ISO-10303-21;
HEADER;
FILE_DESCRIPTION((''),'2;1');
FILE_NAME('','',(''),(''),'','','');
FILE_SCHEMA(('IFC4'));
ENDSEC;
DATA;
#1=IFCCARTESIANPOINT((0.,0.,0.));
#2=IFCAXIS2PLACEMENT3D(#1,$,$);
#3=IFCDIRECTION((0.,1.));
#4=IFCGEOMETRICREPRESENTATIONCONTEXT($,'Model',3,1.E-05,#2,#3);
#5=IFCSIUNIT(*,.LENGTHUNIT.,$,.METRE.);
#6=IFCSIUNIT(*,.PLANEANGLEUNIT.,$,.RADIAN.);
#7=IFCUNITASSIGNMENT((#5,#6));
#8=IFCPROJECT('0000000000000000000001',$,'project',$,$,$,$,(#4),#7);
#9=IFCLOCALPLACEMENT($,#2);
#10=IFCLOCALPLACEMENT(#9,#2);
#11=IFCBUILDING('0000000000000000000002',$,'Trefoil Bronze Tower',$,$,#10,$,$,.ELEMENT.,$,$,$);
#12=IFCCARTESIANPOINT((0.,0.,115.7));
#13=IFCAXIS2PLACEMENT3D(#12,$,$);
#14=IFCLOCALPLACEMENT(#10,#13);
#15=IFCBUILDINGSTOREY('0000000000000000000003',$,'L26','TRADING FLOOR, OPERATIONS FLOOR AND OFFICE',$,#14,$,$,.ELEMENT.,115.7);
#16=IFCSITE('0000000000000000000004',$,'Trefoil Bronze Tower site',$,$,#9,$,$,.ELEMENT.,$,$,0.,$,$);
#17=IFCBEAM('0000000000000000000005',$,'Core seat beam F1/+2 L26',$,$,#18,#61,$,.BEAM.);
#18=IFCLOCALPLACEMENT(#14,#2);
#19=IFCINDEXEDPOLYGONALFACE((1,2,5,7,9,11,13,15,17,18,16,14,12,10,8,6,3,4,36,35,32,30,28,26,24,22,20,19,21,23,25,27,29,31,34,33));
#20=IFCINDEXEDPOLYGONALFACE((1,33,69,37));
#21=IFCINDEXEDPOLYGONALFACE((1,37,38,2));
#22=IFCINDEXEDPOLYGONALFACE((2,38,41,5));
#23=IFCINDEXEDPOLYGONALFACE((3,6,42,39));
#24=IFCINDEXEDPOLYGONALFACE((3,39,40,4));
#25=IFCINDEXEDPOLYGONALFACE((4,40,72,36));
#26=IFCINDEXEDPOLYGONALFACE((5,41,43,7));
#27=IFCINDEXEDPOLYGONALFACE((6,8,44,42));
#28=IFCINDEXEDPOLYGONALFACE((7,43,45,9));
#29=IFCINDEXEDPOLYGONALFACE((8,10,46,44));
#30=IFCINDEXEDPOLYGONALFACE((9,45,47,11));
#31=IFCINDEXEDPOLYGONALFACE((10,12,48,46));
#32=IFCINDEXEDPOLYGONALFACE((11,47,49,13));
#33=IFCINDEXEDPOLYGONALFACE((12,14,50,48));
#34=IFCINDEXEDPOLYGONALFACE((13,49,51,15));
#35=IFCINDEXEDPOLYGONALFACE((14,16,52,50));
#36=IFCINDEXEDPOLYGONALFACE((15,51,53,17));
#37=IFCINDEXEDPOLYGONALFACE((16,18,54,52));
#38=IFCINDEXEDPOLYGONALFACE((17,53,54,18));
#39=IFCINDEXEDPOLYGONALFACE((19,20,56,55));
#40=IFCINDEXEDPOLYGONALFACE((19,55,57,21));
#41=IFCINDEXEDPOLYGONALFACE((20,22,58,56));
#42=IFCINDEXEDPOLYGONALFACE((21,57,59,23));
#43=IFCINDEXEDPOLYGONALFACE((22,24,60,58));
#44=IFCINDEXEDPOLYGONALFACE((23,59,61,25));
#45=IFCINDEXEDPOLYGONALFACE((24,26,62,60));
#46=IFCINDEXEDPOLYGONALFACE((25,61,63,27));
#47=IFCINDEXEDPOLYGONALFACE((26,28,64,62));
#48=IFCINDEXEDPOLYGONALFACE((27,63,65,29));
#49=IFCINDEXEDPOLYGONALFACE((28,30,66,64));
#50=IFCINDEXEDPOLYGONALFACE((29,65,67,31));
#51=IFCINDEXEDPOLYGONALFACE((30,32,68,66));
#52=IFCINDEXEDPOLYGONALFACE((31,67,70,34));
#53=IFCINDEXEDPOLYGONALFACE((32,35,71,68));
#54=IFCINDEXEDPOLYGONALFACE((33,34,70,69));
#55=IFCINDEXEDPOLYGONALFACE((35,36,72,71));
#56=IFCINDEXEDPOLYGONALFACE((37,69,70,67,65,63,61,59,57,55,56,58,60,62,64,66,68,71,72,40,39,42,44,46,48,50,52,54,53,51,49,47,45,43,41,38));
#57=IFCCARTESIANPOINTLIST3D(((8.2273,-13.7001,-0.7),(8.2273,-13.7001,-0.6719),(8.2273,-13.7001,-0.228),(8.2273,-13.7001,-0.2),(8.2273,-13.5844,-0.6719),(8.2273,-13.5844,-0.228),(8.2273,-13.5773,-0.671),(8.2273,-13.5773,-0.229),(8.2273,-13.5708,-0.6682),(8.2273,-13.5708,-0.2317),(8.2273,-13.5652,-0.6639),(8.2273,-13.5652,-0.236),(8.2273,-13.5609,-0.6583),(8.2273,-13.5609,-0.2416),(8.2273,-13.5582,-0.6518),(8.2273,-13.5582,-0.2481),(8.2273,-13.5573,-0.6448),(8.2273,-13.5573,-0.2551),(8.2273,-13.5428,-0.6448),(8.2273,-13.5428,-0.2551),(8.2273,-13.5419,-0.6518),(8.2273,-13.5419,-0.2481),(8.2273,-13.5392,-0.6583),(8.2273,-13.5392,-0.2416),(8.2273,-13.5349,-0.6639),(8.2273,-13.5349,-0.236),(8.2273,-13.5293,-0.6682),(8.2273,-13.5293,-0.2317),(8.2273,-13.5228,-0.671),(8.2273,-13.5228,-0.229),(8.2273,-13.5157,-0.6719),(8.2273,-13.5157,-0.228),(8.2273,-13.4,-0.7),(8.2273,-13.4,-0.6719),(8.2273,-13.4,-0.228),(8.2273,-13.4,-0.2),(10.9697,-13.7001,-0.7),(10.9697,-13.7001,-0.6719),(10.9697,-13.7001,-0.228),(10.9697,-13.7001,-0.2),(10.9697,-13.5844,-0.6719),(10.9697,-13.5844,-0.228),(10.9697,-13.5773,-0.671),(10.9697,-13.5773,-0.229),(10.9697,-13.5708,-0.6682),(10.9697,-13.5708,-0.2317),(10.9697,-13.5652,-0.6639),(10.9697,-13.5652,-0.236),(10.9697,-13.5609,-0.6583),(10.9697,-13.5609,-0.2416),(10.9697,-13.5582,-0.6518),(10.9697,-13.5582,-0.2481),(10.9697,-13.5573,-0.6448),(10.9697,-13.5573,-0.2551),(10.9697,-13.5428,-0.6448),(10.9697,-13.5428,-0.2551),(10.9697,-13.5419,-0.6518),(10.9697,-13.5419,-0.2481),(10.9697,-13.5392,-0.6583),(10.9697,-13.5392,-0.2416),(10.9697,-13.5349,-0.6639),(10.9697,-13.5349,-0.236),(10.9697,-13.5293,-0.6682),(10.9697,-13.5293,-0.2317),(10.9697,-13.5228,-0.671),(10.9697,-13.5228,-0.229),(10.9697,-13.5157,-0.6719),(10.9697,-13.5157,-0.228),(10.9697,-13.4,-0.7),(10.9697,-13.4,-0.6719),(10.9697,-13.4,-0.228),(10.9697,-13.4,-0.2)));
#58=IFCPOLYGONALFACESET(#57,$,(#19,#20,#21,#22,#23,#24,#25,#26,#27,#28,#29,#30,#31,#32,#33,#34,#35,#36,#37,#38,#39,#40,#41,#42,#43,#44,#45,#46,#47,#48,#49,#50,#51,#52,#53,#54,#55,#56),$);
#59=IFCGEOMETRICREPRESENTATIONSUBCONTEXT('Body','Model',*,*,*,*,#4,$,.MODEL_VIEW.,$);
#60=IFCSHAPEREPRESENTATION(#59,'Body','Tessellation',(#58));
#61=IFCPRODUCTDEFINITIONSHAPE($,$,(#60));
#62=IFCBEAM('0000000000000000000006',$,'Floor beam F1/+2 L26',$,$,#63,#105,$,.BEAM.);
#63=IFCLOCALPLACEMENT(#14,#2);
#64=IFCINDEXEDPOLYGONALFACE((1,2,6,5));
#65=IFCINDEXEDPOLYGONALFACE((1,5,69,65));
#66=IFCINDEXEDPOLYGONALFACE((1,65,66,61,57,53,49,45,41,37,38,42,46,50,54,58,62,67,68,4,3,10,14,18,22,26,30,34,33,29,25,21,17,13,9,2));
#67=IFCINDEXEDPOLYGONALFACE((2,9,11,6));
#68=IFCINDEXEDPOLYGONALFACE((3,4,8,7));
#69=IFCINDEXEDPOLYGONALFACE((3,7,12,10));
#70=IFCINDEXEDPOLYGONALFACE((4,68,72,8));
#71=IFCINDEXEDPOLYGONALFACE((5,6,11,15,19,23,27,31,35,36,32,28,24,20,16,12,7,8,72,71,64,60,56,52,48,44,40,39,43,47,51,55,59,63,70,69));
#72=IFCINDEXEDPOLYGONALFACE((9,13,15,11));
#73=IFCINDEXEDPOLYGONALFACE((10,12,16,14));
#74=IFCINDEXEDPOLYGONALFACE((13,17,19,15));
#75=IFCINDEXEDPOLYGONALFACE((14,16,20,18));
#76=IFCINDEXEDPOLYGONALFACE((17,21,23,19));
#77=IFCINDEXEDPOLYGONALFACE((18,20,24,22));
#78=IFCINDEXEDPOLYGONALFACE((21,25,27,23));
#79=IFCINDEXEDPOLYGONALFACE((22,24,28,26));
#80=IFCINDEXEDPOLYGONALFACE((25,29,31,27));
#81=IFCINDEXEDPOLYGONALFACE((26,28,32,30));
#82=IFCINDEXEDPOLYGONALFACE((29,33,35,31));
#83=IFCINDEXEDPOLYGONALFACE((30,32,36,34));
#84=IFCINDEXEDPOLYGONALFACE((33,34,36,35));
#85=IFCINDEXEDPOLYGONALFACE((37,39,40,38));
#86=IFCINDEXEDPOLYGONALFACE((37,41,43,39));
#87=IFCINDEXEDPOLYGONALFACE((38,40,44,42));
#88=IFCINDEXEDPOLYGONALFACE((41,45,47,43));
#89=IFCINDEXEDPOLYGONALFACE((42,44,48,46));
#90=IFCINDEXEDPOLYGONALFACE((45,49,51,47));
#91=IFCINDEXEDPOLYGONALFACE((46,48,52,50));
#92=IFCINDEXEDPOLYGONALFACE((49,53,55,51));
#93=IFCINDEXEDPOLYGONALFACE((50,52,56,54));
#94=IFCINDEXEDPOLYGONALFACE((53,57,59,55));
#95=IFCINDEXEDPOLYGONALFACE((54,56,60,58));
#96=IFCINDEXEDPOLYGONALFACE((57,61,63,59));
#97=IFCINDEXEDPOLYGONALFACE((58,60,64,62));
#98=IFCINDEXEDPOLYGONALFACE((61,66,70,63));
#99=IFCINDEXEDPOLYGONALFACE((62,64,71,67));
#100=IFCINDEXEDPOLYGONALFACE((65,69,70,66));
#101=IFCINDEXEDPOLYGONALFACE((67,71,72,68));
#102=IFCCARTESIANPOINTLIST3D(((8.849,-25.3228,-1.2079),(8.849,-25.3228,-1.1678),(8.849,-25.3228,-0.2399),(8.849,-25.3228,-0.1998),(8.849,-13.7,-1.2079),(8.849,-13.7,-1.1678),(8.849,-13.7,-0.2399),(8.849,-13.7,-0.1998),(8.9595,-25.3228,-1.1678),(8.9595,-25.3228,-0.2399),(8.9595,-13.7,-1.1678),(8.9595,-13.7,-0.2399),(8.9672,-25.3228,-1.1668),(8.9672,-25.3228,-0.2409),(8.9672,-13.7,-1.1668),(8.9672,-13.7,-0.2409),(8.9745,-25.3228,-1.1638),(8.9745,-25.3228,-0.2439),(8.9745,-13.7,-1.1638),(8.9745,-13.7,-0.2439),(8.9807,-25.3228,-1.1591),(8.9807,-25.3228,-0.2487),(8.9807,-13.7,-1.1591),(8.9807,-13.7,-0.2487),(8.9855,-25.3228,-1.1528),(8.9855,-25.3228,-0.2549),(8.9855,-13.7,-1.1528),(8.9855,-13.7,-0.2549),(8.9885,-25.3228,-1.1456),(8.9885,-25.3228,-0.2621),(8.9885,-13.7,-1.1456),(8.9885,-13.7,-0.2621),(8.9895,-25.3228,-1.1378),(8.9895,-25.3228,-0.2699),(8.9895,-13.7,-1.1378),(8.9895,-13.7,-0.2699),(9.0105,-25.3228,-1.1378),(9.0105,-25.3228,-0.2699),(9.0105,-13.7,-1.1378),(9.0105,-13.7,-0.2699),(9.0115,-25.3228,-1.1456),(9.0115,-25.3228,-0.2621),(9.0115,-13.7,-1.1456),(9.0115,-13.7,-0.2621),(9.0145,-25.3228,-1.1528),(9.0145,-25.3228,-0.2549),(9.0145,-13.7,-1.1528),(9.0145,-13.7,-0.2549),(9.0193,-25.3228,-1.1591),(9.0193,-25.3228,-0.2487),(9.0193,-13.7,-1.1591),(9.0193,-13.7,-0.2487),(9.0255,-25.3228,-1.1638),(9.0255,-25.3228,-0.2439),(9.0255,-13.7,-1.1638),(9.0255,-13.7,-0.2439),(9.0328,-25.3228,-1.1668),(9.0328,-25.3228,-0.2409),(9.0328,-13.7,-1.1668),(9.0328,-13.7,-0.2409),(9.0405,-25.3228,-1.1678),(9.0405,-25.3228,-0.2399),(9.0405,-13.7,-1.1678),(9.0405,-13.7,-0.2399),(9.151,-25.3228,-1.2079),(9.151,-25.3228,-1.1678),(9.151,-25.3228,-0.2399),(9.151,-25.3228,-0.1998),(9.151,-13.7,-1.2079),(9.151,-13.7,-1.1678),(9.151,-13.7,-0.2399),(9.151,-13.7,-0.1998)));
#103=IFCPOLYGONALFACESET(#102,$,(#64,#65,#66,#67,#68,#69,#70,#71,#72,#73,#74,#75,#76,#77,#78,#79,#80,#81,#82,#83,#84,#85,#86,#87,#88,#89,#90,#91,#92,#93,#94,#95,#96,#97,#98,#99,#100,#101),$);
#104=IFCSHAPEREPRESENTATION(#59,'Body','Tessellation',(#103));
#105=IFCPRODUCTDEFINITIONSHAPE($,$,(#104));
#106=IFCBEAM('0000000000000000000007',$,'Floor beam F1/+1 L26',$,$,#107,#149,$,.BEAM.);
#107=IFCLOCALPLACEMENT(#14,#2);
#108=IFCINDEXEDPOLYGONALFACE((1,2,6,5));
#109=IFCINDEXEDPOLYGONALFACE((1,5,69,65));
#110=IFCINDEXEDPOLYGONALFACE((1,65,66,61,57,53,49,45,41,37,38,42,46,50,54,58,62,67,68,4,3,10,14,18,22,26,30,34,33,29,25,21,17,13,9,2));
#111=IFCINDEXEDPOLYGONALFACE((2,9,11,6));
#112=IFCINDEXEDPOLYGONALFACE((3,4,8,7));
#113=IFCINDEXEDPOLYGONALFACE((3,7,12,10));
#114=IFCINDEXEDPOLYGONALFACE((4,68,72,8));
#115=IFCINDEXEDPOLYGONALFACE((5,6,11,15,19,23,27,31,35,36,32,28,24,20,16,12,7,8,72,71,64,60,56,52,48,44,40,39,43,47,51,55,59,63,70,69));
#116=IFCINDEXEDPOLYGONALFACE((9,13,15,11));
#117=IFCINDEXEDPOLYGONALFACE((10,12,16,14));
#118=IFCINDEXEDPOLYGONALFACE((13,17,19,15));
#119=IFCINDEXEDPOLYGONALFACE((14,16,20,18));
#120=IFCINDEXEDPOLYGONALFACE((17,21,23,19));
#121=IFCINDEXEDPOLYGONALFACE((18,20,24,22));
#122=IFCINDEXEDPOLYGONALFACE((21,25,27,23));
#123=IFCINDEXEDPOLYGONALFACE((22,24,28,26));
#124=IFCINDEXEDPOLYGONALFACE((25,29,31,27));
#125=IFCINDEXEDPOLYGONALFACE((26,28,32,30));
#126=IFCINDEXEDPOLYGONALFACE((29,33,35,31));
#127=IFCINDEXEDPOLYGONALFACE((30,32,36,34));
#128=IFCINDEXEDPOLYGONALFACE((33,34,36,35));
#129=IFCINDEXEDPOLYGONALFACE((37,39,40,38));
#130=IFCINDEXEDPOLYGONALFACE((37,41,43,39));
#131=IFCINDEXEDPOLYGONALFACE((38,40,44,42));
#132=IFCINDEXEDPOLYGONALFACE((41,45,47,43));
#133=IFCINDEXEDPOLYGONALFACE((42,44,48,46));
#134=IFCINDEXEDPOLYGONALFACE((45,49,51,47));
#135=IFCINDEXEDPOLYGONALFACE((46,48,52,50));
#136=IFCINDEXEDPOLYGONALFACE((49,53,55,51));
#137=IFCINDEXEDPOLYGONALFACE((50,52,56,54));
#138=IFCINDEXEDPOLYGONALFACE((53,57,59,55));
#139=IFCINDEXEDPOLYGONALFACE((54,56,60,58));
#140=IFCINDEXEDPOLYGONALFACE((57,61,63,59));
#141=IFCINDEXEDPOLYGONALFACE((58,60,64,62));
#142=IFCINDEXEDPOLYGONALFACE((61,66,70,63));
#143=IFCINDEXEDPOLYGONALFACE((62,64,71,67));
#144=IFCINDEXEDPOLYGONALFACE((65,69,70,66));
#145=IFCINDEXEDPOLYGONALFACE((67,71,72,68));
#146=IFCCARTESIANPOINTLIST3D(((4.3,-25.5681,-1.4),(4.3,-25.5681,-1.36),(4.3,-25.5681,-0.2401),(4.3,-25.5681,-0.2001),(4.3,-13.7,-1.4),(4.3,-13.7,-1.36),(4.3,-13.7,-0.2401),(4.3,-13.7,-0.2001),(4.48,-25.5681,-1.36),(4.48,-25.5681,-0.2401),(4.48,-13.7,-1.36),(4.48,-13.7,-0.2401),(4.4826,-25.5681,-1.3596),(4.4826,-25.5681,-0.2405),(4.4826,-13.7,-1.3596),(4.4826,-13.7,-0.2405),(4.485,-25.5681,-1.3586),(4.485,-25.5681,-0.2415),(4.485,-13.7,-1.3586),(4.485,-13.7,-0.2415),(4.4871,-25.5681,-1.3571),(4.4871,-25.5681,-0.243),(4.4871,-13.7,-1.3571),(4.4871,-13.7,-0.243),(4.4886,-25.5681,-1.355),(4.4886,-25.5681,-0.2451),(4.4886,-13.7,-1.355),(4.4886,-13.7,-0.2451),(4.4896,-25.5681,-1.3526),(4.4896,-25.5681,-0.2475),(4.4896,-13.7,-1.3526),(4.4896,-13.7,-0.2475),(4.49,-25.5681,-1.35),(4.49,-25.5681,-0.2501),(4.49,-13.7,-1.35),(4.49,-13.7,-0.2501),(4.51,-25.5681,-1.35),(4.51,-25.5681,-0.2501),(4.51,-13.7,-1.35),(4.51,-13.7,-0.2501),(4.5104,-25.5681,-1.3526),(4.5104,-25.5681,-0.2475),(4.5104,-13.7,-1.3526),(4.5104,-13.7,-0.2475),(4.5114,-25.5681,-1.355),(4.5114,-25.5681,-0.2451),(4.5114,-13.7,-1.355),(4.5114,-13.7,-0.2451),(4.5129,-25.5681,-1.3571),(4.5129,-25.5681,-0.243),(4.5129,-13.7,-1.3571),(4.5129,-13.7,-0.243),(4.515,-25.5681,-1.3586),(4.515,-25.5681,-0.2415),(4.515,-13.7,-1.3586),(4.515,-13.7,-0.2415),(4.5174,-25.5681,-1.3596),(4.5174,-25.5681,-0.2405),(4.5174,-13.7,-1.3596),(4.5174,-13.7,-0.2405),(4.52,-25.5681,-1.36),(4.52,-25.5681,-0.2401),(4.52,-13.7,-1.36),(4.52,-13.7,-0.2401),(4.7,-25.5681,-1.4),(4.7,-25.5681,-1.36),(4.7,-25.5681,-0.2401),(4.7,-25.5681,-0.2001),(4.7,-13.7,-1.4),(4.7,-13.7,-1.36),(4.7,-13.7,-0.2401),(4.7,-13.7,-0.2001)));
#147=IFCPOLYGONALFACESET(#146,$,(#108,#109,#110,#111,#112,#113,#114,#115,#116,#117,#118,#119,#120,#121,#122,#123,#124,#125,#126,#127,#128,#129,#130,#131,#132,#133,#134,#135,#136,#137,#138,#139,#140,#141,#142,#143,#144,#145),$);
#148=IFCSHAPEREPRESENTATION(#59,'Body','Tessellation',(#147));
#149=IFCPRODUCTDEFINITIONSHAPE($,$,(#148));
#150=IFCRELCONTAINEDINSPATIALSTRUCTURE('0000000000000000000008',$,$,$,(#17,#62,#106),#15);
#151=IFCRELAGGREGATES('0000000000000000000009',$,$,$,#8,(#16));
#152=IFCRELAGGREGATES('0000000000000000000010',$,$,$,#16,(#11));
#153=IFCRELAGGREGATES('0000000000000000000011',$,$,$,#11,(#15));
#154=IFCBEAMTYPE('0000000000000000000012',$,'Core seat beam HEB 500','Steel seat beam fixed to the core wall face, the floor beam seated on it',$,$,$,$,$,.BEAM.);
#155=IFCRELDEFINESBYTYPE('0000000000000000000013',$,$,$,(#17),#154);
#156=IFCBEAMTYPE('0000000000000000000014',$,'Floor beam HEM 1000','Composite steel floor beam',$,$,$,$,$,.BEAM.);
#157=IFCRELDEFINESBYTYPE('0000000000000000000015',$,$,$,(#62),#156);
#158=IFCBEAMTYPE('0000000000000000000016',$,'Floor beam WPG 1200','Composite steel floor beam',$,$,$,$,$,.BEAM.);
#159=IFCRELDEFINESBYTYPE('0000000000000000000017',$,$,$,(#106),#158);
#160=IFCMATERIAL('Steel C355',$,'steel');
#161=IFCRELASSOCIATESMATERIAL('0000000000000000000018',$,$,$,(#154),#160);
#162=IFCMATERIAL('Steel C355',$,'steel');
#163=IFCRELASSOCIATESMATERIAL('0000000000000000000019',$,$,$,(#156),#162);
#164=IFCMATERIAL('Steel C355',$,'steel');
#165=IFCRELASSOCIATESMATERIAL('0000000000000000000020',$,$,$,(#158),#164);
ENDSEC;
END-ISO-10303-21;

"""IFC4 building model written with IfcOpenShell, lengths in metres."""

from ifc_helpers import new_model, si_unit, direction, frame, origin, origin_2d, place, context, subcontext, project, spatial, i_section, extrude, material, material_profile, profile_set, type_object, element, save


model = new_model("IFC4")

# Units and contexts
model_context = context("Model", 3, precision=1e-05, world=origin(), true_north=direction((0.0, 1.0)))
body_context = subcontext(model_context, "Body", "Model", "MODEL_VIEW")
ifc_project = project(units=[si_unit("LENGTHUNIT", "METRE"), si_unit("PLANEANGLEUNIT", "RADIAN")], contexts=[model_context])

# Site, building, storey
site_placement = place(None, origin())
site = spatial("IfcSite", under=ifc_project, at=site_placement, Name="Trefoil Bronze Tower site", CompositionType="ELEMENT", RefElevation=0.0)
building_placement = place(site_placement, origin())
building = spatial("IfcBuilding", under=site, at=building_placement, Name="Trefoil Bronze Tower", CompositionType="ELEMENT")
storey_placement = place(building_placement, frame((0.0, 0.0, 115.7)))
storey = spatial("IfcBuildingStorey", under=building, at=storey_placement, Name="L26", Description="TRADING FLOOR, OPERATIONS FLOOR AND OFFICE", CompositionType="ELEMENT", Elevation=115.7)

# Beams
ifc_material_1 = material(Name="Steel C355", Category="steel")
ifc_material_profile_1 = material_profile(ifc_material_1, i_section(OverallWidth=0.3, OverallDepth=0.5, WebThickness=0.0144, FlangeThickness=0.0281, FilletRadius=0.0271, at=origin_2d()), Name="HEB 500")
ifc_profile_set_1 = profile_set([ifc_material_profile_1], Name="Steel C355")
beam_type_1 = type_object("IfcBeamType", Name="Core seat beam HEB 500", Description="Steel seat beam fixed to the core wall face, the floor beam seated on it", PredefinedType="BEAM", material=ifc_profile_set_1)
for number, where, z_axis, x_axis, name in (
    (1, (8.2273, -13.55, -0.45), (1.0, 0.0, 0.0), (0.0, 1.0, 0.0), "Core seat beam F1/+2 L26"),
):
    element("IfcBeam", number, at=place(storey_placement, frame(where, z_axis=z_axis, x_axis=x_axis)), inside=storey, type_object=beam_type_1, Name=name, PredefinedType="BEAM", context=body_context, shape_type="SweptSolid", body=[
        extrude(i_section(OverallWidth=0.3, OverallDepth=0.5, WebThickness=0.0144, FlangeThickness=0.0281, FilletRadius=0.0271, at=origin_2d()), origin(), (0.0, 0.0, 1.0), 2.7424),
    ])
ifc_material_2 = material(Name="Steel C355", Category="steel")
ifc_material_profile_2 = material_profile(ifc_material_2, i_section(OverallWidth=0.302, OverallDepth=1.0081, WebThickness=0.021, FlangeThickness=0.04, FilletRadius=0.03, at=origin_2d()), Name="HEM 1000")
ifc_profile_set_2 = profile_set([ifc_material_profile_2], Name="Steel C355")
beam_type_2 = type_object("IfcBeamType", Name="Floor beam HEM 1000", Description="Composite steel floor beam", PredefinedType="BEAM", material=ifc_profile_set_2)
beam_1_placement = place(storey_placement, frame((9.0, -25.3228, -0.7039), z_axis=(0.0, 1.0, 0.0), x_axis=(-1.0, 0.0, 0.0)))
element("IfcBeam", 2, at=beam_1_placement, inside=storey, type_object=beam_type_2, Name="Floor beam F1/+2 L26", PredefinedType="BEAM", context=body_context, shape_type="SweptSolid", body=[
    extrude(i_section(OverallWidth=0.302, OverallDepth=1.0081, WebThickness=0.021, FlangeThickness=0.04, FilletRadius=0.03, at=origin_2d()), origin(), (0.0, 0.0, 1.0), 11.6228),
])
ifc_material_3 = material(Name="Steel C355", Category="steel")
ifc_material_profile_3 = material_profile(ifc_material_3, i_section(OverallWidth=0.3999, OverallDepth=1.2, WebThickness=0.02, FlangeThickness=0.04, FilletRadius=0.01, at=origin_2d()), Name="WPG 1200")
ifc_profile_set_3 = profile_set([ifc_material_profile_3], Name="Steel C355")
beam_type_3 = type_object("IfcBeamType", Name="Floor beam WPG 1200", Description="Composite steel floor beam", PredefinedType="BEAM", material=ifc_profile_set_3)
beam_2_placement = place(storey_placement, frame((4.5, -25.5681, -0.8), z_axis=(0.0, 1.0, 0.0), x_axis=(-1.0, 0.0, 0.0)))
element("IfcBeam", 3, at=beam_2_placement, inside=storey, type_object=beam_type_3, Name="Floor beam F1/+1 L26", PredefinedType="BEAM", context=body_context, shape_type="SweptSolid", body=[
    extrude(i_section(OverallWidth=0.3999, OverallDepth=1.2, WebThickness=0.02, FlangeThickness=0.04, FilletRadius=0.01, at=origin_2d()), origin(), (0.0, 0.0, 1.0), 11.8682),
])

save(model, "model.ifc")
